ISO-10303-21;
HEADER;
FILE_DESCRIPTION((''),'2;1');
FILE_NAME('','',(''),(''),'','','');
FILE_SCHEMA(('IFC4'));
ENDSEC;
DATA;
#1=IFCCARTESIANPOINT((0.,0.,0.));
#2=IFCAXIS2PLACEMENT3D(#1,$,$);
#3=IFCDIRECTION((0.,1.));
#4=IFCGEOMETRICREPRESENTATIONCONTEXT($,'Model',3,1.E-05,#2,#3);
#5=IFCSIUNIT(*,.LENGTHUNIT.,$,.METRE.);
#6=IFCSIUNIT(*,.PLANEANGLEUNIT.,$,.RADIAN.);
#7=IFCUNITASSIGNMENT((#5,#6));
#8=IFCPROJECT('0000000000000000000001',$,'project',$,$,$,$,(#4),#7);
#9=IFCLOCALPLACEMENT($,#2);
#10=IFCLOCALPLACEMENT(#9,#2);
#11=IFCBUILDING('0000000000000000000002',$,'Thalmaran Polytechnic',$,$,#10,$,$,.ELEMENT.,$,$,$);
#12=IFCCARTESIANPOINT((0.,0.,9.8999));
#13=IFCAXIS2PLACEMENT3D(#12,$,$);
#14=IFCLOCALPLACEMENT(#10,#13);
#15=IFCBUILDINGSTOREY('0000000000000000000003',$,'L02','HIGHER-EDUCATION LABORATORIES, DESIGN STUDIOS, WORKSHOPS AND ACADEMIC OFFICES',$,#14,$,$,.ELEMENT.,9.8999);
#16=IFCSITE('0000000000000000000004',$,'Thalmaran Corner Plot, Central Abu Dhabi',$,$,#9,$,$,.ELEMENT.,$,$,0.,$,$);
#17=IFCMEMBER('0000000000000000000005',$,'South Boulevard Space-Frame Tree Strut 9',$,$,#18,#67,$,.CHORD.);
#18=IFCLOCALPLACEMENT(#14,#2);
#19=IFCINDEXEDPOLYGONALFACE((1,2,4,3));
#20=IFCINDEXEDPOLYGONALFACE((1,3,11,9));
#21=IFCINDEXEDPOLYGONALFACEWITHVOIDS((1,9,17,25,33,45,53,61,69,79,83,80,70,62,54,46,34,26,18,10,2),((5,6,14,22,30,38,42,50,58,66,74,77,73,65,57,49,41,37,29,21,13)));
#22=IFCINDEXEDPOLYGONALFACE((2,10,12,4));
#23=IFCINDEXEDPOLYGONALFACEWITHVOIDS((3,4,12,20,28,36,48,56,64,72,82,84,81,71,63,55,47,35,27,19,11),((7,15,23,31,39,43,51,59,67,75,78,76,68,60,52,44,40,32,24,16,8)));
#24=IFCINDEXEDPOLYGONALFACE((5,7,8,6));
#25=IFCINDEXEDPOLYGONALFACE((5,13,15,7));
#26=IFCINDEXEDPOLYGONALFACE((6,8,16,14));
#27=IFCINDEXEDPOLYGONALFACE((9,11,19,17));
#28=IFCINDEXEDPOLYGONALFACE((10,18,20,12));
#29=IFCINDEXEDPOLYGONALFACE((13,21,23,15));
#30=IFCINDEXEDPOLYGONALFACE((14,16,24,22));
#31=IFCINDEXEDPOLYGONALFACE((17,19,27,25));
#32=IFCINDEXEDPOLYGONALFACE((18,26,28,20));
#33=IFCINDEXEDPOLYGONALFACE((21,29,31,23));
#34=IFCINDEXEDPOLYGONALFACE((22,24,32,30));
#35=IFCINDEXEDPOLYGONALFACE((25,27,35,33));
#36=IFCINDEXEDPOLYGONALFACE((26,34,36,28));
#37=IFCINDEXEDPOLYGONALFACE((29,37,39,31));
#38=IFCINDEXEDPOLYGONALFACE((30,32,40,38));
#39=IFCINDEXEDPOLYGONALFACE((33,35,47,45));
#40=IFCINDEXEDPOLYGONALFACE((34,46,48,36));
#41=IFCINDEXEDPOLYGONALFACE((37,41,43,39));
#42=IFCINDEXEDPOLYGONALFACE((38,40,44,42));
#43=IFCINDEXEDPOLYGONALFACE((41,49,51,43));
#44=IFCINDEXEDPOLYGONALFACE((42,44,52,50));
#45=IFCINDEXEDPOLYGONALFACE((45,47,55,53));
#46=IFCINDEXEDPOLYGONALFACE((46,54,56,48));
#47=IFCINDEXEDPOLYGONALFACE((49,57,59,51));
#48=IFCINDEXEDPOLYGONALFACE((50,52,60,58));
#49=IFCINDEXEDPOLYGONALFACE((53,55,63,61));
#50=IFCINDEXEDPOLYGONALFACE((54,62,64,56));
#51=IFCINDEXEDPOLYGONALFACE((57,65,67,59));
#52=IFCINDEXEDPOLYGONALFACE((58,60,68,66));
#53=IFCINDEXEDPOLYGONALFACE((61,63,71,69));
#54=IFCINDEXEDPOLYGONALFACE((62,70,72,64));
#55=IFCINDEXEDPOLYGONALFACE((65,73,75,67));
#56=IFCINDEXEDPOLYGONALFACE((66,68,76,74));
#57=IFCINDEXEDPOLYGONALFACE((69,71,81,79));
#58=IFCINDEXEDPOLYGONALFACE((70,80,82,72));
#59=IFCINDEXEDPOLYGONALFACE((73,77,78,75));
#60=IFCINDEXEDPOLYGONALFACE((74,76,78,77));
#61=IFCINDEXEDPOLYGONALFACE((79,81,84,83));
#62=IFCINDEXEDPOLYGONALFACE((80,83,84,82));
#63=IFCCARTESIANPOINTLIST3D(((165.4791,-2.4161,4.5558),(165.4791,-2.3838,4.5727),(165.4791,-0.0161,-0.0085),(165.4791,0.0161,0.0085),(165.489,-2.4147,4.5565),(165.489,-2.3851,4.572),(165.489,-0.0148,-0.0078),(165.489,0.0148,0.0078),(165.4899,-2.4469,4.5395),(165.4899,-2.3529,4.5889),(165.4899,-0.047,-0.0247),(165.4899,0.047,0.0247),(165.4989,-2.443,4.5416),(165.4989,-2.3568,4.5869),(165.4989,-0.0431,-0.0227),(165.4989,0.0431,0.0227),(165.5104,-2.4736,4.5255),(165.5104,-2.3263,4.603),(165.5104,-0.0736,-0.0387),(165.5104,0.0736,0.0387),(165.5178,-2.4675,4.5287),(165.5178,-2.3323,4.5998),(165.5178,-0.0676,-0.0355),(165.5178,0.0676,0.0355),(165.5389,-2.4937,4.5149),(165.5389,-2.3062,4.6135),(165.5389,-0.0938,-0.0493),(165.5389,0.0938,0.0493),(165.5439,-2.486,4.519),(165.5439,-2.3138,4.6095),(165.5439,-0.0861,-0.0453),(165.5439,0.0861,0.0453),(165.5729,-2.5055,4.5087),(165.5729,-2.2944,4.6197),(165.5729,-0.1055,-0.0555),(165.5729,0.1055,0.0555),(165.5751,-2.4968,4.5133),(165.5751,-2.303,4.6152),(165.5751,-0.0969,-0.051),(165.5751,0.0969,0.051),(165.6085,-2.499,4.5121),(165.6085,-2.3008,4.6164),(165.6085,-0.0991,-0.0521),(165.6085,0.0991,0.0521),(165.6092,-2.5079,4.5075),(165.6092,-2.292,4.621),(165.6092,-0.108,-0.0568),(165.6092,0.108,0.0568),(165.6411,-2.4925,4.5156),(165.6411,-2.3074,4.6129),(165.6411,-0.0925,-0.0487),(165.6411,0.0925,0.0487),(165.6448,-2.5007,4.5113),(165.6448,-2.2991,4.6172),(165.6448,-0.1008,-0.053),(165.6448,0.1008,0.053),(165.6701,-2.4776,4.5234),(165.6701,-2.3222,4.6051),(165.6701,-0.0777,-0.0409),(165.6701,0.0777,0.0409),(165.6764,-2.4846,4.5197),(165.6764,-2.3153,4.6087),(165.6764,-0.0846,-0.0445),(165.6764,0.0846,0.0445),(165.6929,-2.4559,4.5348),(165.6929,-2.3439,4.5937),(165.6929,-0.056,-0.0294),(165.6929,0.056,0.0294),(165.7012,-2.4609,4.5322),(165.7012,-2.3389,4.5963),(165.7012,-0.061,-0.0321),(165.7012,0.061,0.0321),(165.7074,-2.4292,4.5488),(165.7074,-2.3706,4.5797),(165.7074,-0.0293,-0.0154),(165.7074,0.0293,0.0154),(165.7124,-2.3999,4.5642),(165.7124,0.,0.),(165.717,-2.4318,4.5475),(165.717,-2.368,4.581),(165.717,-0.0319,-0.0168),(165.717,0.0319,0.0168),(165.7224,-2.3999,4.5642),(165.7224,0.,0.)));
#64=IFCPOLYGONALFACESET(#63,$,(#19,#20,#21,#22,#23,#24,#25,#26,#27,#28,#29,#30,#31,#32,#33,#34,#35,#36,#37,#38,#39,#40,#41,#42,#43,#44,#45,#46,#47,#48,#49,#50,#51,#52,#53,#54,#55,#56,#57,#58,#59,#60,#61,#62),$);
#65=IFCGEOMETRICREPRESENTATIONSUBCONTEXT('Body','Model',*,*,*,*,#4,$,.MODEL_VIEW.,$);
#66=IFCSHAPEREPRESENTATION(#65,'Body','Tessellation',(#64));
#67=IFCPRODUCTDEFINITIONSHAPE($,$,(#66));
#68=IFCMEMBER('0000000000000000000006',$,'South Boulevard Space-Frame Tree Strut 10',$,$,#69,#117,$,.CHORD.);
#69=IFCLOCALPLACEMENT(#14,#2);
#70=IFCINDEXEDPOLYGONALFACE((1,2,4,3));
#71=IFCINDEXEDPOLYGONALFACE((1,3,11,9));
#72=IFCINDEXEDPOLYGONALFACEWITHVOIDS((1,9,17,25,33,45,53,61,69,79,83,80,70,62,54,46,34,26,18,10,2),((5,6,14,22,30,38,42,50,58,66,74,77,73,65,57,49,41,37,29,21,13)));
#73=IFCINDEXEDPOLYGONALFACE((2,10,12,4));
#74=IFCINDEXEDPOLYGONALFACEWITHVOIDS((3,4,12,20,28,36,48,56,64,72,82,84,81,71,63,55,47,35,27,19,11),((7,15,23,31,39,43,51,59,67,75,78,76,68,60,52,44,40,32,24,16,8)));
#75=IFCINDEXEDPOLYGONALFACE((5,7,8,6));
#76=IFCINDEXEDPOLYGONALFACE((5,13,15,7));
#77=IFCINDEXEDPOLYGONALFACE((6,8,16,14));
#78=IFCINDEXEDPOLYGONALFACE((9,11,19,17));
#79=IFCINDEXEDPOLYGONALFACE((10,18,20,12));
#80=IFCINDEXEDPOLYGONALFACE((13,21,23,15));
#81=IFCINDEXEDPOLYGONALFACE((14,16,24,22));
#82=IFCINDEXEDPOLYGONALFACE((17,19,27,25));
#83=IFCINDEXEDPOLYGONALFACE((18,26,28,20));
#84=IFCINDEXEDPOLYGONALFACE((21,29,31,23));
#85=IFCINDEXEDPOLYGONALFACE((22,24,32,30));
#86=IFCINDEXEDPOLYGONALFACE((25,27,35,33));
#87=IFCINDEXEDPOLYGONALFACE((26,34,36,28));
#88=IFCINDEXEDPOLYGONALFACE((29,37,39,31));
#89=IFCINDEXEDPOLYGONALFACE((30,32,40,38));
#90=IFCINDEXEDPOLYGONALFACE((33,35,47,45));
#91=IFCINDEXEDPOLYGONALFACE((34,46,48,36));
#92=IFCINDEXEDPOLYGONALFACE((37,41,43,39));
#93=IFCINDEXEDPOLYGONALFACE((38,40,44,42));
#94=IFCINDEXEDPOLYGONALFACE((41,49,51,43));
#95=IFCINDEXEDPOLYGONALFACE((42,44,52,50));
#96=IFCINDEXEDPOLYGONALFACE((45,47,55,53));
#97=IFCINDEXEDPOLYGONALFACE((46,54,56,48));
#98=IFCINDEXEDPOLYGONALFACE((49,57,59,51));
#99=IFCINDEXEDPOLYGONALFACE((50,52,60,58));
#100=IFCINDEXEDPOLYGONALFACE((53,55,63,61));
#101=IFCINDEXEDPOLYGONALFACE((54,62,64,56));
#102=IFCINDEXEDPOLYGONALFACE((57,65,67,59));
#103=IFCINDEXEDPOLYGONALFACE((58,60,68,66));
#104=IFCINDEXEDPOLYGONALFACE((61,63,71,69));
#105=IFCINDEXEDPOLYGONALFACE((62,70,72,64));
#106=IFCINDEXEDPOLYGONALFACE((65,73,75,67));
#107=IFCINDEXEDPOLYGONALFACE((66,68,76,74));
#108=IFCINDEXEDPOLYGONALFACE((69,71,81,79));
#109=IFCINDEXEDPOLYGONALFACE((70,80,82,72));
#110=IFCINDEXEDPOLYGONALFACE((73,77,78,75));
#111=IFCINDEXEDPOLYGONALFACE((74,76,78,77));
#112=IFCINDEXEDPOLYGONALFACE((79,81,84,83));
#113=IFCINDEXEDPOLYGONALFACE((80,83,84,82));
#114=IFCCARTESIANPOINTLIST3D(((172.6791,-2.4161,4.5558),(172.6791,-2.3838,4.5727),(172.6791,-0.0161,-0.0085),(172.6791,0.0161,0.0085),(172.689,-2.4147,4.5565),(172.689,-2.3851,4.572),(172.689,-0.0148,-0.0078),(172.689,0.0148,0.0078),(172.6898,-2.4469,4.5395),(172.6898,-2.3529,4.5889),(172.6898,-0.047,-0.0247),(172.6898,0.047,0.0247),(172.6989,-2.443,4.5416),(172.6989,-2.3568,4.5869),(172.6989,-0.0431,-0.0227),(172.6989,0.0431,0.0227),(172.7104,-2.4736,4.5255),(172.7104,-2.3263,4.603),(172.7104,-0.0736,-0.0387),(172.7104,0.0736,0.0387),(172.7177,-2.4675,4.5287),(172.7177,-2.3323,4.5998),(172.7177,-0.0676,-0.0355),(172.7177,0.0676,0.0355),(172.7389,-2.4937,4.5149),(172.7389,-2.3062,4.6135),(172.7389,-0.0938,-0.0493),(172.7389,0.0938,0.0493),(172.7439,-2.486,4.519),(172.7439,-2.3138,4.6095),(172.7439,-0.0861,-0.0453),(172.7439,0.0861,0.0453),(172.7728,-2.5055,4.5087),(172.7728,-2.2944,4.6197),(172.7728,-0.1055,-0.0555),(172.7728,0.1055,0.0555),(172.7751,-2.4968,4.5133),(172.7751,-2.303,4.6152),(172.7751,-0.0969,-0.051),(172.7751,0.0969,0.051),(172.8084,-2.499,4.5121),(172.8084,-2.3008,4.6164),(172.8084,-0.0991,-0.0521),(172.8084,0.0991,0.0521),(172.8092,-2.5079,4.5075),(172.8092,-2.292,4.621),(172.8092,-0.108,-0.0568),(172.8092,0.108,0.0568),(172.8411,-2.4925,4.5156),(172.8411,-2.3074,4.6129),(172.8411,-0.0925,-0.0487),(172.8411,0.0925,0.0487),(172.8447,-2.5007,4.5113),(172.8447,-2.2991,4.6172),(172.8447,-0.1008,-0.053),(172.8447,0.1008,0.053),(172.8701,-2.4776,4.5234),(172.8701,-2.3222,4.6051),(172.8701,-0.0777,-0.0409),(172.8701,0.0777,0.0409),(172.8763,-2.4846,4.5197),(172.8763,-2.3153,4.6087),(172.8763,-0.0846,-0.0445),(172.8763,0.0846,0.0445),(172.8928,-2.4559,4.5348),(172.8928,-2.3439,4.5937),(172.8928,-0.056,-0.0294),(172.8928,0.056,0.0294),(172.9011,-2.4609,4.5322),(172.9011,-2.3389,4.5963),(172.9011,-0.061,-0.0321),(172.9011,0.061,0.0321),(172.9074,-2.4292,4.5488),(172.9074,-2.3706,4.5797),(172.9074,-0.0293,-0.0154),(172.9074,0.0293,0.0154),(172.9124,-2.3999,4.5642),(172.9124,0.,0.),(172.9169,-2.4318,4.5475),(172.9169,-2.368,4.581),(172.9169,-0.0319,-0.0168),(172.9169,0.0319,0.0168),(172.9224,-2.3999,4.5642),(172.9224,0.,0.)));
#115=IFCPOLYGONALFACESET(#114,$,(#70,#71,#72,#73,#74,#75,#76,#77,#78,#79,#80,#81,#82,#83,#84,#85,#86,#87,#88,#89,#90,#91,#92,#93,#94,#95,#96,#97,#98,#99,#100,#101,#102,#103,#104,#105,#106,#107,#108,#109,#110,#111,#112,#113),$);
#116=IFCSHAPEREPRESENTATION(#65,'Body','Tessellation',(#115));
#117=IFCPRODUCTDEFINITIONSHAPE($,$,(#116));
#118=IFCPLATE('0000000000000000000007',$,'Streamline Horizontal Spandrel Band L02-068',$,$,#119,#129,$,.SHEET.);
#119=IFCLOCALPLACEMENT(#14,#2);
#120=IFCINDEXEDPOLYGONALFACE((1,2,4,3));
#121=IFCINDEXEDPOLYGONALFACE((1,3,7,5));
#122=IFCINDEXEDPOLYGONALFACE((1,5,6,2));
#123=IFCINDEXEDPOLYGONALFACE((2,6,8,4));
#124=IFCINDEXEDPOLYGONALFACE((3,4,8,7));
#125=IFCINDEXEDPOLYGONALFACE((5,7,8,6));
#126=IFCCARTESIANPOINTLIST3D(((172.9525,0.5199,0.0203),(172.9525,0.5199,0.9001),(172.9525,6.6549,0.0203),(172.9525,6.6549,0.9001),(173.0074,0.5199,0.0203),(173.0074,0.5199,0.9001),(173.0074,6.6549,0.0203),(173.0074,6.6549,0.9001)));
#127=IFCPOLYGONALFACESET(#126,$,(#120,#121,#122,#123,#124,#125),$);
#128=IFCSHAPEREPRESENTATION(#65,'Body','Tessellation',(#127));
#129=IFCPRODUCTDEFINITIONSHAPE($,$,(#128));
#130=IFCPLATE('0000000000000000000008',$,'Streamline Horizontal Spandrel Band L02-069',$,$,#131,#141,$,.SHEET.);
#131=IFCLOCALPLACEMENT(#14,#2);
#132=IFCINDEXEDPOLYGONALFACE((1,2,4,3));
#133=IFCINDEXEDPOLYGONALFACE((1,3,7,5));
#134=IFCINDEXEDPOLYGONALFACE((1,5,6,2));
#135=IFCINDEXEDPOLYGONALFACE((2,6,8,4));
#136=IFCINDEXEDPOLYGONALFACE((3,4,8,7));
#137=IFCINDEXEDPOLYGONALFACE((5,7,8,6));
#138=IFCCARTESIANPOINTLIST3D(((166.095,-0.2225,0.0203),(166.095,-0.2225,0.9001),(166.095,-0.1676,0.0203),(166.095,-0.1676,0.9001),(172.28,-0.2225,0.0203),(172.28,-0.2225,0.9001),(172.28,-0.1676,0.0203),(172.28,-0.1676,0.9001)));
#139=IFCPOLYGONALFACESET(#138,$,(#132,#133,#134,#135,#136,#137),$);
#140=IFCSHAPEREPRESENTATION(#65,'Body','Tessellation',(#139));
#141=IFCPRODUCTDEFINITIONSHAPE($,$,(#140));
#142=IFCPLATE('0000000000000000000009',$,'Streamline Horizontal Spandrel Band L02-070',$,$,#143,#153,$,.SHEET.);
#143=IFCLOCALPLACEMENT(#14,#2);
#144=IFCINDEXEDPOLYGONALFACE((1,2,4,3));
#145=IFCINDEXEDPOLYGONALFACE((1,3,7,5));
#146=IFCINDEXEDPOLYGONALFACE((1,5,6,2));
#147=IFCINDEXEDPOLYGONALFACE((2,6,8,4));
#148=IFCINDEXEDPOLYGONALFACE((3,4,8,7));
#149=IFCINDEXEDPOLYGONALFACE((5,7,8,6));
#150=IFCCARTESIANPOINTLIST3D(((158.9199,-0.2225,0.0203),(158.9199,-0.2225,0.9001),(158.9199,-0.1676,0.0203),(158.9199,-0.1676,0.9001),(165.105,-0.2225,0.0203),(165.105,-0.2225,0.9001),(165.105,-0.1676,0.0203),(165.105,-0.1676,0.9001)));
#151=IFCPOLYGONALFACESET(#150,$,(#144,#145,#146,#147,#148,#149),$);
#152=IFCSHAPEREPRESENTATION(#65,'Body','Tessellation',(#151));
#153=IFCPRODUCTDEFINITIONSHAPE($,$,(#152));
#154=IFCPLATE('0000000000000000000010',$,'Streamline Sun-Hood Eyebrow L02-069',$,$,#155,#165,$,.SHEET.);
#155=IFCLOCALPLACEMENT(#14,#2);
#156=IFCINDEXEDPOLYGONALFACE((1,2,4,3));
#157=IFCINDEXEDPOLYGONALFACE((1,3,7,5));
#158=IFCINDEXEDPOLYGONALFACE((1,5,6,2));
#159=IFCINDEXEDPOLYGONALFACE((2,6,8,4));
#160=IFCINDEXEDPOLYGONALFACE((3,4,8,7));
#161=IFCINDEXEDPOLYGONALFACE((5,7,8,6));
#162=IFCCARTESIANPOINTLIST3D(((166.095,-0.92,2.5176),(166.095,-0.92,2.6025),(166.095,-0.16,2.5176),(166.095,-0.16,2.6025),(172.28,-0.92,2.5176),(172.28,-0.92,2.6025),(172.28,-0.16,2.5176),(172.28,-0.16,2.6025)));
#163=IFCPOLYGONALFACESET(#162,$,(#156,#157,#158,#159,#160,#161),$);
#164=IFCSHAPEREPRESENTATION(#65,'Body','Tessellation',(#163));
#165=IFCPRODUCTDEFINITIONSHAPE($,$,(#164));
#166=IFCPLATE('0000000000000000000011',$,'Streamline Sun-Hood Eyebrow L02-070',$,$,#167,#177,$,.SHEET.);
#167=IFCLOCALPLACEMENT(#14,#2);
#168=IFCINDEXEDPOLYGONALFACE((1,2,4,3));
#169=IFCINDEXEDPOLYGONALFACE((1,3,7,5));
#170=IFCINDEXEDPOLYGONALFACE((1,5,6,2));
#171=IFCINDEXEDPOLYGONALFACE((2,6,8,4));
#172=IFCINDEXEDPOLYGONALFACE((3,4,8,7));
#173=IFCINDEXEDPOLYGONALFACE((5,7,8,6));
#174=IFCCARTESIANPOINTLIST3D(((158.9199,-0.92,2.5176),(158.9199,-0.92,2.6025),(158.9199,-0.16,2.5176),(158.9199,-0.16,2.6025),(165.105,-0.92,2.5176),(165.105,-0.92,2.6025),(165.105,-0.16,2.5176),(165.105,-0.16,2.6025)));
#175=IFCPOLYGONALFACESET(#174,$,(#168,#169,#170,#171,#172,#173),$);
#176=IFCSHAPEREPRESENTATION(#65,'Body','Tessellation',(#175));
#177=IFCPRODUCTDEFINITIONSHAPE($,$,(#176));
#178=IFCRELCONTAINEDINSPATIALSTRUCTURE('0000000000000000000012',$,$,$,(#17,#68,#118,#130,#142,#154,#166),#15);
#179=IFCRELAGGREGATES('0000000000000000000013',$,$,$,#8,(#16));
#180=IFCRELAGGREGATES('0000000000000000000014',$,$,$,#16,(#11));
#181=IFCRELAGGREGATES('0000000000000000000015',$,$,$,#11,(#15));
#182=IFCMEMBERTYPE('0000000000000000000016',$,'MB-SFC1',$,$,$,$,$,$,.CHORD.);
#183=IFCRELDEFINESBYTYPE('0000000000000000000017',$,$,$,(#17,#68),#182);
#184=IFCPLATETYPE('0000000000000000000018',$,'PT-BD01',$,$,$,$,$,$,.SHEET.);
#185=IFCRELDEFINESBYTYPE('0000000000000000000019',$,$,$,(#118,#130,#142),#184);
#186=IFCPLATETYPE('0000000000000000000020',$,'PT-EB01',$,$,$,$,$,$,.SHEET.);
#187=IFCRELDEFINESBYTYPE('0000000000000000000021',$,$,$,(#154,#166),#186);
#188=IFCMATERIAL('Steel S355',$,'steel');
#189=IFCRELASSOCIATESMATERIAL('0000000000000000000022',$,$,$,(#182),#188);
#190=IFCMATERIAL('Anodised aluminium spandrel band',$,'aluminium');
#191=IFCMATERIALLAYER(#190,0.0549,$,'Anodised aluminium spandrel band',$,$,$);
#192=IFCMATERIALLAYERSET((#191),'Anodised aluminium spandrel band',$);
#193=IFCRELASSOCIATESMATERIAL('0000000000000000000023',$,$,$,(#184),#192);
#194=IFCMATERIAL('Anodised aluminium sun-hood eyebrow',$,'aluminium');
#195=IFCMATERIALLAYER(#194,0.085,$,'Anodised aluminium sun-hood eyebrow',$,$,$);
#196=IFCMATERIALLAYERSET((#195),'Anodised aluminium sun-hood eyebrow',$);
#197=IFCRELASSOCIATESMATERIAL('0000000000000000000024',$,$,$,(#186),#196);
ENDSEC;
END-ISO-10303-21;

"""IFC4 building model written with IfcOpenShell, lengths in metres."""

from ifc_helpers import new_model, si_unit, direction, frame, origin, origin_2d, place, context, subcontext, project, spatial, rectangle, hollow_circle, extrude, material, layer, layer_set, material_profile, profile_set, type_object, element, save


model = new_model("IFC4")

# Units and contexts
model_context = context("Model", 3, precision=1e-05, world=origin(), true_north=direction((0.0, 1.0)))
body_context = subcontext(model_context, "Body", "Model", "MODEL_VIEW")
ifc_project = project(units=[si_unit("LENGTHUNIT", "METRE"), si_unit("PLANEANGLEUNIT", "RADIAN")], contexts=[model_context])

# Site, building, storey
site_placement = place(None, origin())
site = spatial("IfcSite", under=ifc_project, at=site_placement, Name="Thalmaran Corner Plot, Central Abu Dhabi", CompositionType="ELEMENT", RefElevation=0.0)
building_placement = place(site_placement, origin())
building = spatial("IfcBuilding", under=site, at=building_placement, Name="Thalmaran Polytechnic", CompositionType="ELEMENT")
storey_placement = place(building_placement, frame((0.0, 0.0, 9.8999)))
storey = spatial("IfcBuildingStorey", under=building, at=storey_placement, Name="L02", Description="HIGHER-EDUCATION LABORATORIES, DESIGN STUDIOS, WORKSHOPS AND ACADEMIC OFFICES", CompositionType="ELEMENT", Elevation=9.8999)

# Members
ifc_material_1 = material(Name="Steel S355", Category="steel")
ifc_material_profile_1 = material_profile(ifc_material_1, hollow_circle(Radius=0.1223, WallThickness=0.01, at=origin_2d()), Name="CHS 244.5x10.0")
ifc_profile_set_1 = profile_set([ifc_material_profile_1], Name="Steel S355")
member_type = type_object("IfcMemberType", Name="MB-SFC1", PredefinedType="CHORD", material=ifc_profile_set_1)
for number, where, z_axis, x_axis, name in (
    (1, (165.6001, 0.0, 0.0), (0.0, -0.465395, 0.885103), (1.0, 0.0, 0.0), "South Boulevard Space-Frame Tree Strut 9"),
    (2, (172.8, 0.0, 0.0), (0.0, -0.465395, 0.885103), (1.0, 0.0, 0.0), "South Boulevard Space-Frame Tree Strut 10"),
):
    element("IfcMember", number, at=place(storey_placement, frame(where, z_axis=z_axis, x_axis=x_axis)), inside=storey, type_object=member_type, Name=name, PredefinedType="CHORD", context=body_context, shape_type="SweptSolid", body=[
        extrude(hollow_circle(Radius=0.1223, WallThickness=0.01, at=origin_2d()), origin(), (0.0, 0.0, 1.0), 5.1567),
    ])

# Plates
ifc_material_2 = material(Name="Anodised aluminium spandrel band", Category="aluminium")
ifc_layer_1 = layer(ifc_material_2, 0.0549, Name="Anodised aluminium spandrel band")
ifc_layer_set_1 = layer_set([ifc_layer_1], Name="Anodised aluminium spandrel band")
plate_type_1 = type_object("IfcPlateType", Name="PT-BD01", PredefinedType="SHEET", material=ifc_layer_set_1)
plate_placement = place(storey_placement, frame((172.98, 3.5874, 0.0203), z_axis=(0.0, 0.0, 1.0), x_axis=(0.0, -1.0, 0.0)))
element("IfcPlate", 3, at=plate_placement, inside=storey, type_object=plate_type_1, Name="Streamline Horizontal Spandrel Band L02-068", PredefinedType="SHEET", context=body_context, shape_type="SweptSolid", body=[
    extrude(rectangle(XDim=6.135, YDim=0.0549, at=origin_2d()), origin(), (0.0, 0.0, 1.0), 0.8799),
])
for number, where, z_axis, x_axis, name in (
    (4, (169.1875, -0.1951, 0.0203), (0.0, 0.0, 1.0), (-1.0, 0.0, 0.0), "Streamline Horizontal Spandrel Band L02-069"),
    (5, (162.0125, -0.1951, 0.0203), (0.0, 0.0, 1.0), (-1.0, 0.0, 0.0), "Streamline Horizontal Spandrel Band L02-070"),
):
    element("IfcPlate", number, at=place(storey_placement, frame(where, z_axis=z_axis, x_axis=x_axis)), inside=storey, type_object=plate_type_1, Name=name, PredefinedType="SHEET", context=body_context, shape_type="SweptSolid", body=[
        extrude(rectangle(XDim=6.1851, YDim=0.0549, at=origin_2d()), origin(), (0.0, 0.0, 1.0), 0.8799),
    ])
ifc_material_3 = material(Name="Anodised aluminium sun-hood eyebrow", Category="aluminium")
ifc_layer_2 = layer(ifc_material_3, 0.085, Name="Anodised aluminium sun-hood eyebrow")
ifc_layer_set_2 = layer_set([ifc_layer_2], Name="Anodised aluminium sun-hood eyebrow")
plate_type_2 = type_object("IfcPlateType", Name="PT-EB01", PredefinedType="SHEET", material=ifc_layer_set_2)
for number, where, z_axis, x_axis, name in (
    (6, (169.1875, -0.54, 2.5176), (0.0, 0.0, 1.0), (-1.0, 0.0, 0.0), "Streamline Sun-Hood Eyebrow L02-069"),
    (7, (162.0125, -0.54, 2.5176), (0.0, 0.0, 1.0), (-1.0, 0.0, 0.0), "Streamline Sun-Hood Eyebrow L02-070"),
):
    element("IfcPlate", number, at=place(storey_placement, frame(where, z_axis=z_axis, x_axis=x_axis)), inside=storey, type_object=plate_type_2, Name=name, PredefinedType="SHEET", context=body_context, shape_type="SweptSolid", body=[
        extrude(rectangle(XDim=6.1851, YDim=0.76, at=origin_2d()), origin(), (0.0, 0.0, 1.0), 0.085),
    ])

save(model, "model.ifc")
